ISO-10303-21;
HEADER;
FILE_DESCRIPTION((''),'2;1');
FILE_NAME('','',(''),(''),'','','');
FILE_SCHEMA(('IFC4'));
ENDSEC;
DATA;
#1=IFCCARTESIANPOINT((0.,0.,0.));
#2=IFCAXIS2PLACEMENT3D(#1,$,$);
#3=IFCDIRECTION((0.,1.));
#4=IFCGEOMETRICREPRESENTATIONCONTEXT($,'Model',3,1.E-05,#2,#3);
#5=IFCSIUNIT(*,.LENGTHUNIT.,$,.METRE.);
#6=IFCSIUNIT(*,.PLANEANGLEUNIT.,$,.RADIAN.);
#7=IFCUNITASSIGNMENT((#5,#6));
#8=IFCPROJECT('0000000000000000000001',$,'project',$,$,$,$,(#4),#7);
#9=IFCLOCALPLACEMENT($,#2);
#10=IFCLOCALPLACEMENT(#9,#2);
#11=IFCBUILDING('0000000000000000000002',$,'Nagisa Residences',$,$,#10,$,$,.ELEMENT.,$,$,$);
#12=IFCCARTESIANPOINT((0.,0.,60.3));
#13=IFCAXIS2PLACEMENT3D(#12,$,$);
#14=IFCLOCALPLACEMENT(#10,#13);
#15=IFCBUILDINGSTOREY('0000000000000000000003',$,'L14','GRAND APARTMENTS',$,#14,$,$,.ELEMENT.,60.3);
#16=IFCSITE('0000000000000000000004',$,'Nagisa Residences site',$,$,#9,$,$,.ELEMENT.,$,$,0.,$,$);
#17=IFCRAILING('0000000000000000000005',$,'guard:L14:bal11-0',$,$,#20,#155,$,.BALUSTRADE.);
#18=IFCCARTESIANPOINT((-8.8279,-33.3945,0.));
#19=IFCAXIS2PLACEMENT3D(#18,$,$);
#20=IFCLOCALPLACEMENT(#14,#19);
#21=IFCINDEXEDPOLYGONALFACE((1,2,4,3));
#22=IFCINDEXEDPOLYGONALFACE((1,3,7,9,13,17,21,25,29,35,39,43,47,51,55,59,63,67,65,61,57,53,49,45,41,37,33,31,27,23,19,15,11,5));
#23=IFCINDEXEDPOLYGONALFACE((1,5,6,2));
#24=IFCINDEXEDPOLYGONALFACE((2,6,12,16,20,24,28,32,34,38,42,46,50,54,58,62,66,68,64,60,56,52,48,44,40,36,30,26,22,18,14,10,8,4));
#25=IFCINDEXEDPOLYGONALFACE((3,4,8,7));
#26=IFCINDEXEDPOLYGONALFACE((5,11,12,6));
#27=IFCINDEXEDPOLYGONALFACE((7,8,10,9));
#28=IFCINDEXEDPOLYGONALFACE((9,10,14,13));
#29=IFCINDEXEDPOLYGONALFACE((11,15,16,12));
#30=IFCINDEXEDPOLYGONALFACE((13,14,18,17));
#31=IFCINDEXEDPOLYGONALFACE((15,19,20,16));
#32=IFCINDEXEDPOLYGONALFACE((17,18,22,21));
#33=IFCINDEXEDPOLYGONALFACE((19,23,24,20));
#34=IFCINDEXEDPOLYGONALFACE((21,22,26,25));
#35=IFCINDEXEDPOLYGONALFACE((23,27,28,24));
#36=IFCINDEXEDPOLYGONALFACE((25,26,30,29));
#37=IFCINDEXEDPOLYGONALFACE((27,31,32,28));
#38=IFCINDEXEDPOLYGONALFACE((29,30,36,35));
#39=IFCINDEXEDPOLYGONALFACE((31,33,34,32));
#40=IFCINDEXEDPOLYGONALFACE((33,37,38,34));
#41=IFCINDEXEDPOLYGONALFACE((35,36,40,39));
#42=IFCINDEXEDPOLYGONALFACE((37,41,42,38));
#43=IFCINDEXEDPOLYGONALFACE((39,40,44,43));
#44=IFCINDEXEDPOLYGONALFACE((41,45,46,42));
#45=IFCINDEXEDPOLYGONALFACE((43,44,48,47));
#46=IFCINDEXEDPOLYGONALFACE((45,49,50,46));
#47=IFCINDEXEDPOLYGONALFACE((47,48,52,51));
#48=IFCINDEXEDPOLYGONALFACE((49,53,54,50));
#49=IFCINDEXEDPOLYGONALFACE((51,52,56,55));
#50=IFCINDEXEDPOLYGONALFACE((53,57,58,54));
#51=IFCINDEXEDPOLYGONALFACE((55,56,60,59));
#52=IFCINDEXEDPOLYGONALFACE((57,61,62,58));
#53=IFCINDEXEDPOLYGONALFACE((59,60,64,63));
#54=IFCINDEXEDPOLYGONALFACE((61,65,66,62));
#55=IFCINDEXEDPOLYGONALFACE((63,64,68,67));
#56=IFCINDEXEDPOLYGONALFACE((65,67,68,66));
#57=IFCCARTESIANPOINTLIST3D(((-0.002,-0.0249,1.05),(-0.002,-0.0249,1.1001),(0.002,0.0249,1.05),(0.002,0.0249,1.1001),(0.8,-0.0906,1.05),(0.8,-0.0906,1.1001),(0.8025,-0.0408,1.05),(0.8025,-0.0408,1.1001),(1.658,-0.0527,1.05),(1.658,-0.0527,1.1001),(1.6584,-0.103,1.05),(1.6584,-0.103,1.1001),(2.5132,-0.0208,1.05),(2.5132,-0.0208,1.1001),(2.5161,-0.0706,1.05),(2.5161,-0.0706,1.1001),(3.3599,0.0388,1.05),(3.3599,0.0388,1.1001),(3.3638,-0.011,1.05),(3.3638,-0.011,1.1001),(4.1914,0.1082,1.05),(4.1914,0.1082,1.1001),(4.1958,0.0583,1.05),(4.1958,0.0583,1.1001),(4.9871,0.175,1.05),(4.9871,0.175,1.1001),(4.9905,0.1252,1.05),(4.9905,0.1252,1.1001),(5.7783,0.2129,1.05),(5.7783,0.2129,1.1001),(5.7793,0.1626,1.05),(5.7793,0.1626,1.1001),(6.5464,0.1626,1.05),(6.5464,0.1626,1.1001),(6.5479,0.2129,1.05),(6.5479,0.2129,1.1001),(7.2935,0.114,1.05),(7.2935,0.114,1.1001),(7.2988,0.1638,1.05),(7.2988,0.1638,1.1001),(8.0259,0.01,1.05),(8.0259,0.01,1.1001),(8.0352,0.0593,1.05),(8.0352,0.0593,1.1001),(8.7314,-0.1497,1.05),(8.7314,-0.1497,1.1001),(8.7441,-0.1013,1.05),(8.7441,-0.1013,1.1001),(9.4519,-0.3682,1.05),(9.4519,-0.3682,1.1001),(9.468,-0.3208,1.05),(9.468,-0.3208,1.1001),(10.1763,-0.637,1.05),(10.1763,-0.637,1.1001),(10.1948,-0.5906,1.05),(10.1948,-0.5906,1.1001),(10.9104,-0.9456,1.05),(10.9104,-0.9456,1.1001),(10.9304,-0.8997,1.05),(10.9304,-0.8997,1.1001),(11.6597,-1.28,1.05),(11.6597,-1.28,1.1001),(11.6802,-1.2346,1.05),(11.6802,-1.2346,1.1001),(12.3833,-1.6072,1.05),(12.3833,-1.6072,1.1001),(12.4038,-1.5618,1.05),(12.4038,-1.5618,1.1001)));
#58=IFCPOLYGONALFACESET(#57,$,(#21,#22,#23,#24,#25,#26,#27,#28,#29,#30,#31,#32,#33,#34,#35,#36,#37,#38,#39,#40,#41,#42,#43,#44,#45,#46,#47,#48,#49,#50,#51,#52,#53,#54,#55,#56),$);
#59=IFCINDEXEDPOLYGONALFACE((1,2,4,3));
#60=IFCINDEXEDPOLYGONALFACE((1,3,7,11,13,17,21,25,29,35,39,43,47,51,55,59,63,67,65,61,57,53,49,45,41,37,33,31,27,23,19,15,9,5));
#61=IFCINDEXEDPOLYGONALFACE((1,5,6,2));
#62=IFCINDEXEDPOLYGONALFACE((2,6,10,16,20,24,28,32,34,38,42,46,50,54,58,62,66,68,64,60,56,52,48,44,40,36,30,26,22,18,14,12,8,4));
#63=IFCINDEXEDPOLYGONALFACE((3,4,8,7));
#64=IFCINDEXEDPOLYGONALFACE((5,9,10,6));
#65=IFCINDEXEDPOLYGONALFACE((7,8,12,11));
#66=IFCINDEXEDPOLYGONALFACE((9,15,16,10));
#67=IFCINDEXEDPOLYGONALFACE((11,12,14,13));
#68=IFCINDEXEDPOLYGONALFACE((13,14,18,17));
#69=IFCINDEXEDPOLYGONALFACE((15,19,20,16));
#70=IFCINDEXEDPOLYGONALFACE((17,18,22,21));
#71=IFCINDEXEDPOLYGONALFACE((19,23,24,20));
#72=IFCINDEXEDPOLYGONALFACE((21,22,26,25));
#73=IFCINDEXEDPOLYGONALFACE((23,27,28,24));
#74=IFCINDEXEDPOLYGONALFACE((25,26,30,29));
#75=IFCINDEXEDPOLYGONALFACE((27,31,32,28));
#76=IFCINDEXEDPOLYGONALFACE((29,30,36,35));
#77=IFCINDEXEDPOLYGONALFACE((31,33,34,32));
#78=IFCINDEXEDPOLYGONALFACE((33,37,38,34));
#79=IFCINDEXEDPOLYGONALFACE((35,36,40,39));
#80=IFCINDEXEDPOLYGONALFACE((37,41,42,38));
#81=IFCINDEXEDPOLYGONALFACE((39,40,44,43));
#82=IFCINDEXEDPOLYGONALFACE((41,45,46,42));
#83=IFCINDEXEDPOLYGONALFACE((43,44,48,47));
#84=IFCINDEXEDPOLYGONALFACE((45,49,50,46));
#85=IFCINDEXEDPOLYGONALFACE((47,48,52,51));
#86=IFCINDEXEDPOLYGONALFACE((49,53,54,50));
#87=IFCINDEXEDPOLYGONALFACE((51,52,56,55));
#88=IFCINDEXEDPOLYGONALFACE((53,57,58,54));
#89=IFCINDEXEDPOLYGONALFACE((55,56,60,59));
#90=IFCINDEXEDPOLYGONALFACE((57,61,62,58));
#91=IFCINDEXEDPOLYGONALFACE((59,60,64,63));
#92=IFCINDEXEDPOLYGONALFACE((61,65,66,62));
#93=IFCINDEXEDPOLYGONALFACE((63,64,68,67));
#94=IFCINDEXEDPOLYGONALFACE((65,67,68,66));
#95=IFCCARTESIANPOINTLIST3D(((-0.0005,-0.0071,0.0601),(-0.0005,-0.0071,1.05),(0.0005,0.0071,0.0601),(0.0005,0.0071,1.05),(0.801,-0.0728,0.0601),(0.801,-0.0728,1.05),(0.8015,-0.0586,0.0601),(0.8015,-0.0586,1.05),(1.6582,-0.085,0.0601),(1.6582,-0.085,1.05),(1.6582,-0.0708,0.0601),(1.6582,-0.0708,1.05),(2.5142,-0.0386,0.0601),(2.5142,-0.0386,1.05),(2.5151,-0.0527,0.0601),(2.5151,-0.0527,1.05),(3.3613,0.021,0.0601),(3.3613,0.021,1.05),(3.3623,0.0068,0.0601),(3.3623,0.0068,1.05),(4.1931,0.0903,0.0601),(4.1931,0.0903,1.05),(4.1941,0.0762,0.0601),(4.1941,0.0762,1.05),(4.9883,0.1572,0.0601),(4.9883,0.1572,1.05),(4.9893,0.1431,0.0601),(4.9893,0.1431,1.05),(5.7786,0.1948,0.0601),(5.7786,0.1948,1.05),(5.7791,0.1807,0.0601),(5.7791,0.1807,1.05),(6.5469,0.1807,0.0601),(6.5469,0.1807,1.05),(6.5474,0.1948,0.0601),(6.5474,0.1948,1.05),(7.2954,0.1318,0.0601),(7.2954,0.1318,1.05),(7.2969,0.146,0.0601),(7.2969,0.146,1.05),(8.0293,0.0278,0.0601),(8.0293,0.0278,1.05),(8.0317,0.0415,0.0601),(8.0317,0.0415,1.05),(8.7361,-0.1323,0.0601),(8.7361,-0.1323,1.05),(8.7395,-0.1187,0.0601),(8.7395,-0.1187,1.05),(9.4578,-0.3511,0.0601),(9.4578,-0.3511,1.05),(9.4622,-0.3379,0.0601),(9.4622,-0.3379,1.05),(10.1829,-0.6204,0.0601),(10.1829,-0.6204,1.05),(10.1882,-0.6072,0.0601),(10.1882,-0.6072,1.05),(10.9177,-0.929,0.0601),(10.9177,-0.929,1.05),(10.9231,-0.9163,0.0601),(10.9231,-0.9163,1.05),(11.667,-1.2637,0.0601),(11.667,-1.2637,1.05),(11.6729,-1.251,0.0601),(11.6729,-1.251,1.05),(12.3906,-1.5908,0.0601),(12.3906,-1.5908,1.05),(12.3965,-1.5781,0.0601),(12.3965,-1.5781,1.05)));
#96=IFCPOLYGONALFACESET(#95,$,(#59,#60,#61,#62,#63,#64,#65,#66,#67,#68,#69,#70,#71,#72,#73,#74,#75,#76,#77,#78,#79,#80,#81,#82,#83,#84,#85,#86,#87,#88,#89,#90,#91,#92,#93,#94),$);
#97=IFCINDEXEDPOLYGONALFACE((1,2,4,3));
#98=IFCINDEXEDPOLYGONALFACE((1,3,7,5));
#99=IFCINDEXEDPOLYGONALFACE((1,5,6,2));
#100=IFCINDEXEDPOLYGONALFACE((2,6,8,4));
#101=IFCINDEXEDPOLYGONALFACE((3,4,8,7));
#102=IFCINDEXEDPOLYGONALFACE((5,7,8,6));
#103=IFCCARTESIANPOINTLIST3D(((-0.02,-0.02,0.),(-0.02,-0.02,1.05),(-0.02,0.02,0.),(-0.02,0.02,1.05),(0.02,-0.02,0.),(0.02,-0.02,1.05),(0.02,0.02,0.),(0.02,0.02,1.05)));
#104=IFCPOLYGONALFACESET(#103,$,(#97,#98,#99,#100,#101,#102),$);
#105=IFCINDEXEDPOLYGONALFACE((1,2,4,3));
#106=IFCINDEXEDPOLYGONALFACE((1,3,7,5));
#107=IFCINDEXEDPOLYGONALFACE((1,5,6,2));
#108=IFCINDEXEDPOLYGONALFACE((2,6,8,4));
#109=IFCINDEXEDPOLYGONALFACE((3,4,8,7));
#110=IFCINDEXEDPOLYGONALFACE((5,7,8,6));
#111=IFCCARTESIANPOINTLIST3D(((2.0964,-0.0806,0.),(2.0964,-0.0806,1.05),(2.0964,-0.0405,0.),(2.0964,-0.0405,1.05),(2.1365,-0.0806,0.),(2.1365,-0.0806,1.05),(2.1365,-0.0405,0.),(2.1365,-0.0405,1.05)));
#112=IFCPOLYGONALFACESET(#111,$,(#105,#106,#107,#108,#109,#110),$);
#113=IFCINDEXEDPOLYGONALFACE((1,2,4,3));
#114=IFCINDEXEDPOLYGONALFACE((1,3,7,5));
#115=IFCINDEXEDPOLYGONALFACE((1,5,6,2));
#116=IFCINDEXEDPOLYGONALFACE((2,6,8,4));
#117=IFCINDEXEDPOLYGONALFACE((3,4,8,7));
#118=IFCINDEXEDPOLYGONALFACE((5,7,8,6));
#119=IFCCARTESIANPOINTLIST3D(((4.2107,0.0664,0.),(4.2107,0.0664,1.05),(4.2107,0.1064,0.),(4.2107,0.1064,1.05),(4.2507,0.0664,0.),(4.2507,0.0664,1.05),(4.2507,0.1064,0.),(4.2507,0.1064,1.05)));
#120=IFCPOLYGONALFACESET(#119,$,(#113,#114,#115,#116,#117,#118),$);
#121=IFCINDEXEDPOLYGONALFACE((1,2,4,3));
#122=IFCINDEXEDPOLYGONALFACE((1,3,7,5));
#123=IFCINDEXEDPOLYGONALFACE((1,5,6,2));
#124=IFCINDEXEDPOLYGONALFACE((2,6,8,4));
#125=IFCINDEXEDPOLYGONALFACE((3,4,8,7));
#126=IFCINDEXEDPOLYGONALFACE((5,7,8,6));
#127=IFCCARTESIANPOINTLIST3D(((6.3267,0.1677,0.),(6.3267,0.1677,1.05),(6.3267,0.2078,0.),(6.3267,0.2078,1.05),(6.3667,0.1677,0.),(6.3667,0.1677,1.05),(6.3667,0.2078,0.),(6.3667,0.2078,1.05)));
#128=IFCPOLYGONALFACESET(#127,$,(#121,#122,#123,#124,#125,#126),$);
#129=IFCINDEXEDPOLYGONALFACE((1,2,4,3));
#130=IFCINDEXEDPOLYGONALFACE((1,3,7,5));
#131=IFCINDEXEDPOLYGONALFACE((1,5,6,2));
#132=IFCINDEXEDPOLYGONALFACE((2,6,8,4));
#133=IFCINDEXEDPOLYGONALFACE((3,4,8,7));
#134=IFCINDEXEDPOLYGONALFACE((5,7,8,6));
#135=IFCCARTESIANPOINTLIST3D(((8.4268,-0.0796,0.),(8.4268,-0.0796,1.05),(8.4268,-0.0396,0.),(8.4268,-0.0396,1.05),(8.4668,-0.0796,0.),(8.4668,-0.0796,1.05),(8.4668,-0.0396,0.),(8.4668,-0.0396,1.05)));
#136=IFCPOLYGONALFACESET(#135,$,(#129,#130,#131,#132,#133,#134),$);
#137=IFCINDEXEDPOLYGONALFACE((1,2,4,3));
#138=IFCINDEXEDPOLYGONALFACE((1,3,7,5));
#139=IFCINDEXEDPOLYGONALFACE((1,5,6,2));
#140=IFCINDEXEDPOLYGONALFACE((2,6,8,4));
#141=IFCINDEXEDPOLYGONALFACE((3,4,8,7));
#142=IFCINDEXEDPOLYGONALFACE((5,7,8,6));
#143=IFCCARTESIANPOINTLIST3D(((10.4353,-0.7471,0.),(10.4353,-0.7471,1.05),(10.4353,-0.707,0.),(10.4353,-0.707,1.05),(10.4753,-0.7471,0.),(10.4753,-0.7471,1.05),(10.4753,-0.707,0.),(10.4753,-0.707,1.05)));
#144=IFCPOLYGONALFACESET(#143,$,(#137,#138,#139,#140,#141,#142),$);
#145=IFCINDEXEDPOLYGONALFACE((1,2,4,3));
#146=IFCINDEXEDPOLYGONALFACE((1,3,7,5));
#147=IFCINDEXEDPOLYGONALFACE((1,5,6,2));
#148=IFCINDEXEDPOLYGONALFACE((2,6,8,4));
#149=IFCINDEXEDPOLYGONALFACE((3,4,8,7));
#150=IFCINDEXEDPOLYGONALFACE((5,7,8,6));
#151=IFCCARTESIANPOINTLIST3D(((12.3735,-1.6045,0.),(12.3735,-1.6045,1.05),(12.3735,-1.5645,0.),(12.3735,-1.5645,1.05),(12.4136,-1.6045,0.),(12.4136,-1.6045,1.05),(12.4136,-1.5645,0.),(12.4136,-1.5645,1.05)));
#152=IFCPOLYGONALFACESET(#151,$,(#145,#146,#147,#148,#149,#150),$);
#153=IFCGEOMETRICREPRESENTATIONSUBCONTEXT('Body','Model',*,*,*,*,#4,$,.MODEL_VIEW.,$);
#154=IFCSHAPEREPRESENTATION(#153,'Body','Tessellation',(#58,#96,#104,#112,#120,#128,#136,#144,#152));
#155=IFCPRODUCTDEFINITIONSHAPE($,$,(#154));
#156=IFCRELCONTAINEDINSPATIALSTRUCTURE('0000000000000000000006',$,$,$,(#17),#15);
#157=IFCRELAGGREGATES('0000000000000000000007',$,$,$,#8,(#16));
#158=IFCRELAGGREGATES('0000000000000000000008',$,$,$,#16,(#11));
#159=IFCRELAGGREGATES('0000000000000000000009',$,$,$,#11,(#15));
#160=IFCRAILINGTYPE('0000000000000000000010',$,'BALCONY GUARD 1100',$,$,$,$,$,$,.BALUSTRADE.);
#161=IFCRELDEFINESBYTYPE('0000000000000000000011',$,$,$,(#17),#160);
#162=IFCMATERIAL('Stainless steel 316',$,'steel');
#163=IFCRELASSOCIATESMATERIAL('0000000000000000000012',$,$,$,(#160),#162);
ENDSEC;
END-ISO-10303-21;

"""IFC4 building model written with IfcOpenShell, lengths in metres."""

from ifc_helpers import new_model, si_unit, direction, frame, origin, origin_2d, place, context, subcontext, project, spatial, polyline, rectangle, outline, extrude, material, type_object, element, save


model = new_model("IFC4")

# Units and contexts
model_context = context("Model", 3, precision=1e-05, world=origin(), true_north=direction((0.0, 1.0)))
body_context = subcontext(model_context, "Body", "Model", "MODEL_VIEW")
ifc_project = project(units=[si_unit("LENGTHUNIT", "METRE"), si_unit("PLANEANGLEUNIT", "RADIAN")], contexts=[model_context])

# Site, building, storey
site_placement = place(None, origin())
site = spatial("IfcSite", under=ifc_project, at=site_placement, Name="Nagisa Residences site", CompositionType="ELEMENT", RefElevation=0.0)
building_placement = place(site_placement, origin())
building = spatial("IfcBuilding", under=site, at=building_placement, Name="Nagisa Residences", CompositionType="ELEMENT")
storey_placement = place(building_placement, frame((0.0, 0.0, 60.3)))
storey = spatial("IfcBuildingStorey", under=building, at=storey_placement, Name="L14", Description="GRAND APARTMENTS", CompositionType="ELEMENT", Elevation=60.3)

# Railing
ifc_material_1 = material(Name="Stainless steel 316", Category="steel")
railing_type = type_object("IfcRailingType", Name="BALCONY GUARD 1100", PredefinedType="BALUSTRADE", material=ifc_material_1)
railing_placement = place(storey_placement, frame((-8.8279, -33.3945, 0.0)))
element("IfcRailing", 1, at=railing_placement, inside=storey, type_object=railing_type, Name="guard:L14:bal11-0", PredefinedType="BALUSTRADE", context=body_context, shape_type="SweptSolid", body=[
    extrude(outline(polyline([(0.8025, -0.0408), (0.002, 0.0249), (-0.002, -0.0249), (0.8, -0.0906), (1.6584, -0.103), (2.5161, -0.0706), (3.3638, -0.011), (4.1958, 0.0583), (4.9905, 0.1252), (5.7793, 0.1626), (6.5464, 0.1626), (7.2935, 0.114), (8.0259, 0.01), (8.7314, -0.1497), (9.4519, -0.3682), (10.1763, -0.637), (10.9104, -0.9456), (11.6597, -1.28), (12.3833, -1.6072), (12.4038, -1.5618), (11.6802, -1.2346), (10.9304, -0.8997), (10.1948, -0.5906), (9.468, -0.3208), (8.7441, -0.1013), (8.0352, 0.0593), (7.2988, 0.1638), (6.5479, 0.2129), (5.7783, 0.2129), (4.9871, 0.175), (4.1914, 0.1082), (3.3599, 0.0388), (2.5132, -0.0208), (1.658, -0.0527), (0.8025, -0.0408)])), frame((0.0, 0.0, 1.05)), (0.0, 0.0, 1.0), 0.05),
    extrude(outline(polyline([(0.8015, -0.0586), (0.0005, 0.0071), (-0.0005, -0.0071), (0.801, -0.0728), (1.6582, -0.085), (2.5151, -0.0527), (3.3623, 0.0068), (4.1941, 0.0762), (4.9893, 0.1431), (5.7791, 0.1807), (6.5469, 0.1807), (7.2954, 0.1318), (8.0293, 0.0278), (8.7361, -0.1323), (9.4578, -0.3511), (10.1829, -0.6204), (10.9177, -0.929), (11.667, -1.2637), (12.3906, -1.5908), (12.3965, -1.5781), (11.6729, -1.251), (10.9231, -0.9163), (10.1882, -0.6072), (9.4622, -0.3379), (8.7395, -0.1187), (8.0317, 0.0415), (7.2969, 0.146), (6.5474, 0.1948), (5.7786, 0.1948), (4.9883, 0.1572), (4.1931, 0.0903), (3.3613, 0.021), (2.5142, -0.0386), (1.6582, -0.0708), (0.8015, -0.0586)])), frame((0.0, 0.0, 0.0601)), (0.0, 0.0, 1.0), 0.99),
    extrude(rectangle(XDim=0.04, YDim=0.04, at=origin_2d()), origin(), (0.0, 0.0, 1.0), 1.05),
    extrude(rectangle(XDim=0.04, YDim=0.04, at=origin_2d()), frame((2.1165, -0.0605, 0.0)), (0.0, 0.0, 1.0), 1.05),
    extrude(rectangle(XDim=0.04, YDim=0.04, at=origin_2d()), frame((4.2307, 0.0864, 0.0)), (0.0, 0.0, 1.0), 1.05),
    extrude(rectangle(XDim=0.04, YDim=0.04, at=origin_2d()), frame((6.3467, 0.1877, 0.0)), (0.0, 0.0, 1.0), 1.05),
    extrude(rectangle(XDim=0.04, YDim=0.04, at=origin_2d()), frame((8.4468, -0.0596, 0.0)), (0.0, 0.0, 1.0), 1.05),
    extrude(rectangle(XDim=0.04, YDim=0.04, at=origin_2d()), frame((10.4553, -0.7271, 0.0)), (0.0, 0.0, 1.0), 1.05),
    extrude(rectangle(XDim=0.04, YDim=0.04, at=origin_2d()), frame((12.3936, -1.5845, 0.0)), (0.0, 0.0, 1.0), 1.05),
])

save(model, "model.ifc")
